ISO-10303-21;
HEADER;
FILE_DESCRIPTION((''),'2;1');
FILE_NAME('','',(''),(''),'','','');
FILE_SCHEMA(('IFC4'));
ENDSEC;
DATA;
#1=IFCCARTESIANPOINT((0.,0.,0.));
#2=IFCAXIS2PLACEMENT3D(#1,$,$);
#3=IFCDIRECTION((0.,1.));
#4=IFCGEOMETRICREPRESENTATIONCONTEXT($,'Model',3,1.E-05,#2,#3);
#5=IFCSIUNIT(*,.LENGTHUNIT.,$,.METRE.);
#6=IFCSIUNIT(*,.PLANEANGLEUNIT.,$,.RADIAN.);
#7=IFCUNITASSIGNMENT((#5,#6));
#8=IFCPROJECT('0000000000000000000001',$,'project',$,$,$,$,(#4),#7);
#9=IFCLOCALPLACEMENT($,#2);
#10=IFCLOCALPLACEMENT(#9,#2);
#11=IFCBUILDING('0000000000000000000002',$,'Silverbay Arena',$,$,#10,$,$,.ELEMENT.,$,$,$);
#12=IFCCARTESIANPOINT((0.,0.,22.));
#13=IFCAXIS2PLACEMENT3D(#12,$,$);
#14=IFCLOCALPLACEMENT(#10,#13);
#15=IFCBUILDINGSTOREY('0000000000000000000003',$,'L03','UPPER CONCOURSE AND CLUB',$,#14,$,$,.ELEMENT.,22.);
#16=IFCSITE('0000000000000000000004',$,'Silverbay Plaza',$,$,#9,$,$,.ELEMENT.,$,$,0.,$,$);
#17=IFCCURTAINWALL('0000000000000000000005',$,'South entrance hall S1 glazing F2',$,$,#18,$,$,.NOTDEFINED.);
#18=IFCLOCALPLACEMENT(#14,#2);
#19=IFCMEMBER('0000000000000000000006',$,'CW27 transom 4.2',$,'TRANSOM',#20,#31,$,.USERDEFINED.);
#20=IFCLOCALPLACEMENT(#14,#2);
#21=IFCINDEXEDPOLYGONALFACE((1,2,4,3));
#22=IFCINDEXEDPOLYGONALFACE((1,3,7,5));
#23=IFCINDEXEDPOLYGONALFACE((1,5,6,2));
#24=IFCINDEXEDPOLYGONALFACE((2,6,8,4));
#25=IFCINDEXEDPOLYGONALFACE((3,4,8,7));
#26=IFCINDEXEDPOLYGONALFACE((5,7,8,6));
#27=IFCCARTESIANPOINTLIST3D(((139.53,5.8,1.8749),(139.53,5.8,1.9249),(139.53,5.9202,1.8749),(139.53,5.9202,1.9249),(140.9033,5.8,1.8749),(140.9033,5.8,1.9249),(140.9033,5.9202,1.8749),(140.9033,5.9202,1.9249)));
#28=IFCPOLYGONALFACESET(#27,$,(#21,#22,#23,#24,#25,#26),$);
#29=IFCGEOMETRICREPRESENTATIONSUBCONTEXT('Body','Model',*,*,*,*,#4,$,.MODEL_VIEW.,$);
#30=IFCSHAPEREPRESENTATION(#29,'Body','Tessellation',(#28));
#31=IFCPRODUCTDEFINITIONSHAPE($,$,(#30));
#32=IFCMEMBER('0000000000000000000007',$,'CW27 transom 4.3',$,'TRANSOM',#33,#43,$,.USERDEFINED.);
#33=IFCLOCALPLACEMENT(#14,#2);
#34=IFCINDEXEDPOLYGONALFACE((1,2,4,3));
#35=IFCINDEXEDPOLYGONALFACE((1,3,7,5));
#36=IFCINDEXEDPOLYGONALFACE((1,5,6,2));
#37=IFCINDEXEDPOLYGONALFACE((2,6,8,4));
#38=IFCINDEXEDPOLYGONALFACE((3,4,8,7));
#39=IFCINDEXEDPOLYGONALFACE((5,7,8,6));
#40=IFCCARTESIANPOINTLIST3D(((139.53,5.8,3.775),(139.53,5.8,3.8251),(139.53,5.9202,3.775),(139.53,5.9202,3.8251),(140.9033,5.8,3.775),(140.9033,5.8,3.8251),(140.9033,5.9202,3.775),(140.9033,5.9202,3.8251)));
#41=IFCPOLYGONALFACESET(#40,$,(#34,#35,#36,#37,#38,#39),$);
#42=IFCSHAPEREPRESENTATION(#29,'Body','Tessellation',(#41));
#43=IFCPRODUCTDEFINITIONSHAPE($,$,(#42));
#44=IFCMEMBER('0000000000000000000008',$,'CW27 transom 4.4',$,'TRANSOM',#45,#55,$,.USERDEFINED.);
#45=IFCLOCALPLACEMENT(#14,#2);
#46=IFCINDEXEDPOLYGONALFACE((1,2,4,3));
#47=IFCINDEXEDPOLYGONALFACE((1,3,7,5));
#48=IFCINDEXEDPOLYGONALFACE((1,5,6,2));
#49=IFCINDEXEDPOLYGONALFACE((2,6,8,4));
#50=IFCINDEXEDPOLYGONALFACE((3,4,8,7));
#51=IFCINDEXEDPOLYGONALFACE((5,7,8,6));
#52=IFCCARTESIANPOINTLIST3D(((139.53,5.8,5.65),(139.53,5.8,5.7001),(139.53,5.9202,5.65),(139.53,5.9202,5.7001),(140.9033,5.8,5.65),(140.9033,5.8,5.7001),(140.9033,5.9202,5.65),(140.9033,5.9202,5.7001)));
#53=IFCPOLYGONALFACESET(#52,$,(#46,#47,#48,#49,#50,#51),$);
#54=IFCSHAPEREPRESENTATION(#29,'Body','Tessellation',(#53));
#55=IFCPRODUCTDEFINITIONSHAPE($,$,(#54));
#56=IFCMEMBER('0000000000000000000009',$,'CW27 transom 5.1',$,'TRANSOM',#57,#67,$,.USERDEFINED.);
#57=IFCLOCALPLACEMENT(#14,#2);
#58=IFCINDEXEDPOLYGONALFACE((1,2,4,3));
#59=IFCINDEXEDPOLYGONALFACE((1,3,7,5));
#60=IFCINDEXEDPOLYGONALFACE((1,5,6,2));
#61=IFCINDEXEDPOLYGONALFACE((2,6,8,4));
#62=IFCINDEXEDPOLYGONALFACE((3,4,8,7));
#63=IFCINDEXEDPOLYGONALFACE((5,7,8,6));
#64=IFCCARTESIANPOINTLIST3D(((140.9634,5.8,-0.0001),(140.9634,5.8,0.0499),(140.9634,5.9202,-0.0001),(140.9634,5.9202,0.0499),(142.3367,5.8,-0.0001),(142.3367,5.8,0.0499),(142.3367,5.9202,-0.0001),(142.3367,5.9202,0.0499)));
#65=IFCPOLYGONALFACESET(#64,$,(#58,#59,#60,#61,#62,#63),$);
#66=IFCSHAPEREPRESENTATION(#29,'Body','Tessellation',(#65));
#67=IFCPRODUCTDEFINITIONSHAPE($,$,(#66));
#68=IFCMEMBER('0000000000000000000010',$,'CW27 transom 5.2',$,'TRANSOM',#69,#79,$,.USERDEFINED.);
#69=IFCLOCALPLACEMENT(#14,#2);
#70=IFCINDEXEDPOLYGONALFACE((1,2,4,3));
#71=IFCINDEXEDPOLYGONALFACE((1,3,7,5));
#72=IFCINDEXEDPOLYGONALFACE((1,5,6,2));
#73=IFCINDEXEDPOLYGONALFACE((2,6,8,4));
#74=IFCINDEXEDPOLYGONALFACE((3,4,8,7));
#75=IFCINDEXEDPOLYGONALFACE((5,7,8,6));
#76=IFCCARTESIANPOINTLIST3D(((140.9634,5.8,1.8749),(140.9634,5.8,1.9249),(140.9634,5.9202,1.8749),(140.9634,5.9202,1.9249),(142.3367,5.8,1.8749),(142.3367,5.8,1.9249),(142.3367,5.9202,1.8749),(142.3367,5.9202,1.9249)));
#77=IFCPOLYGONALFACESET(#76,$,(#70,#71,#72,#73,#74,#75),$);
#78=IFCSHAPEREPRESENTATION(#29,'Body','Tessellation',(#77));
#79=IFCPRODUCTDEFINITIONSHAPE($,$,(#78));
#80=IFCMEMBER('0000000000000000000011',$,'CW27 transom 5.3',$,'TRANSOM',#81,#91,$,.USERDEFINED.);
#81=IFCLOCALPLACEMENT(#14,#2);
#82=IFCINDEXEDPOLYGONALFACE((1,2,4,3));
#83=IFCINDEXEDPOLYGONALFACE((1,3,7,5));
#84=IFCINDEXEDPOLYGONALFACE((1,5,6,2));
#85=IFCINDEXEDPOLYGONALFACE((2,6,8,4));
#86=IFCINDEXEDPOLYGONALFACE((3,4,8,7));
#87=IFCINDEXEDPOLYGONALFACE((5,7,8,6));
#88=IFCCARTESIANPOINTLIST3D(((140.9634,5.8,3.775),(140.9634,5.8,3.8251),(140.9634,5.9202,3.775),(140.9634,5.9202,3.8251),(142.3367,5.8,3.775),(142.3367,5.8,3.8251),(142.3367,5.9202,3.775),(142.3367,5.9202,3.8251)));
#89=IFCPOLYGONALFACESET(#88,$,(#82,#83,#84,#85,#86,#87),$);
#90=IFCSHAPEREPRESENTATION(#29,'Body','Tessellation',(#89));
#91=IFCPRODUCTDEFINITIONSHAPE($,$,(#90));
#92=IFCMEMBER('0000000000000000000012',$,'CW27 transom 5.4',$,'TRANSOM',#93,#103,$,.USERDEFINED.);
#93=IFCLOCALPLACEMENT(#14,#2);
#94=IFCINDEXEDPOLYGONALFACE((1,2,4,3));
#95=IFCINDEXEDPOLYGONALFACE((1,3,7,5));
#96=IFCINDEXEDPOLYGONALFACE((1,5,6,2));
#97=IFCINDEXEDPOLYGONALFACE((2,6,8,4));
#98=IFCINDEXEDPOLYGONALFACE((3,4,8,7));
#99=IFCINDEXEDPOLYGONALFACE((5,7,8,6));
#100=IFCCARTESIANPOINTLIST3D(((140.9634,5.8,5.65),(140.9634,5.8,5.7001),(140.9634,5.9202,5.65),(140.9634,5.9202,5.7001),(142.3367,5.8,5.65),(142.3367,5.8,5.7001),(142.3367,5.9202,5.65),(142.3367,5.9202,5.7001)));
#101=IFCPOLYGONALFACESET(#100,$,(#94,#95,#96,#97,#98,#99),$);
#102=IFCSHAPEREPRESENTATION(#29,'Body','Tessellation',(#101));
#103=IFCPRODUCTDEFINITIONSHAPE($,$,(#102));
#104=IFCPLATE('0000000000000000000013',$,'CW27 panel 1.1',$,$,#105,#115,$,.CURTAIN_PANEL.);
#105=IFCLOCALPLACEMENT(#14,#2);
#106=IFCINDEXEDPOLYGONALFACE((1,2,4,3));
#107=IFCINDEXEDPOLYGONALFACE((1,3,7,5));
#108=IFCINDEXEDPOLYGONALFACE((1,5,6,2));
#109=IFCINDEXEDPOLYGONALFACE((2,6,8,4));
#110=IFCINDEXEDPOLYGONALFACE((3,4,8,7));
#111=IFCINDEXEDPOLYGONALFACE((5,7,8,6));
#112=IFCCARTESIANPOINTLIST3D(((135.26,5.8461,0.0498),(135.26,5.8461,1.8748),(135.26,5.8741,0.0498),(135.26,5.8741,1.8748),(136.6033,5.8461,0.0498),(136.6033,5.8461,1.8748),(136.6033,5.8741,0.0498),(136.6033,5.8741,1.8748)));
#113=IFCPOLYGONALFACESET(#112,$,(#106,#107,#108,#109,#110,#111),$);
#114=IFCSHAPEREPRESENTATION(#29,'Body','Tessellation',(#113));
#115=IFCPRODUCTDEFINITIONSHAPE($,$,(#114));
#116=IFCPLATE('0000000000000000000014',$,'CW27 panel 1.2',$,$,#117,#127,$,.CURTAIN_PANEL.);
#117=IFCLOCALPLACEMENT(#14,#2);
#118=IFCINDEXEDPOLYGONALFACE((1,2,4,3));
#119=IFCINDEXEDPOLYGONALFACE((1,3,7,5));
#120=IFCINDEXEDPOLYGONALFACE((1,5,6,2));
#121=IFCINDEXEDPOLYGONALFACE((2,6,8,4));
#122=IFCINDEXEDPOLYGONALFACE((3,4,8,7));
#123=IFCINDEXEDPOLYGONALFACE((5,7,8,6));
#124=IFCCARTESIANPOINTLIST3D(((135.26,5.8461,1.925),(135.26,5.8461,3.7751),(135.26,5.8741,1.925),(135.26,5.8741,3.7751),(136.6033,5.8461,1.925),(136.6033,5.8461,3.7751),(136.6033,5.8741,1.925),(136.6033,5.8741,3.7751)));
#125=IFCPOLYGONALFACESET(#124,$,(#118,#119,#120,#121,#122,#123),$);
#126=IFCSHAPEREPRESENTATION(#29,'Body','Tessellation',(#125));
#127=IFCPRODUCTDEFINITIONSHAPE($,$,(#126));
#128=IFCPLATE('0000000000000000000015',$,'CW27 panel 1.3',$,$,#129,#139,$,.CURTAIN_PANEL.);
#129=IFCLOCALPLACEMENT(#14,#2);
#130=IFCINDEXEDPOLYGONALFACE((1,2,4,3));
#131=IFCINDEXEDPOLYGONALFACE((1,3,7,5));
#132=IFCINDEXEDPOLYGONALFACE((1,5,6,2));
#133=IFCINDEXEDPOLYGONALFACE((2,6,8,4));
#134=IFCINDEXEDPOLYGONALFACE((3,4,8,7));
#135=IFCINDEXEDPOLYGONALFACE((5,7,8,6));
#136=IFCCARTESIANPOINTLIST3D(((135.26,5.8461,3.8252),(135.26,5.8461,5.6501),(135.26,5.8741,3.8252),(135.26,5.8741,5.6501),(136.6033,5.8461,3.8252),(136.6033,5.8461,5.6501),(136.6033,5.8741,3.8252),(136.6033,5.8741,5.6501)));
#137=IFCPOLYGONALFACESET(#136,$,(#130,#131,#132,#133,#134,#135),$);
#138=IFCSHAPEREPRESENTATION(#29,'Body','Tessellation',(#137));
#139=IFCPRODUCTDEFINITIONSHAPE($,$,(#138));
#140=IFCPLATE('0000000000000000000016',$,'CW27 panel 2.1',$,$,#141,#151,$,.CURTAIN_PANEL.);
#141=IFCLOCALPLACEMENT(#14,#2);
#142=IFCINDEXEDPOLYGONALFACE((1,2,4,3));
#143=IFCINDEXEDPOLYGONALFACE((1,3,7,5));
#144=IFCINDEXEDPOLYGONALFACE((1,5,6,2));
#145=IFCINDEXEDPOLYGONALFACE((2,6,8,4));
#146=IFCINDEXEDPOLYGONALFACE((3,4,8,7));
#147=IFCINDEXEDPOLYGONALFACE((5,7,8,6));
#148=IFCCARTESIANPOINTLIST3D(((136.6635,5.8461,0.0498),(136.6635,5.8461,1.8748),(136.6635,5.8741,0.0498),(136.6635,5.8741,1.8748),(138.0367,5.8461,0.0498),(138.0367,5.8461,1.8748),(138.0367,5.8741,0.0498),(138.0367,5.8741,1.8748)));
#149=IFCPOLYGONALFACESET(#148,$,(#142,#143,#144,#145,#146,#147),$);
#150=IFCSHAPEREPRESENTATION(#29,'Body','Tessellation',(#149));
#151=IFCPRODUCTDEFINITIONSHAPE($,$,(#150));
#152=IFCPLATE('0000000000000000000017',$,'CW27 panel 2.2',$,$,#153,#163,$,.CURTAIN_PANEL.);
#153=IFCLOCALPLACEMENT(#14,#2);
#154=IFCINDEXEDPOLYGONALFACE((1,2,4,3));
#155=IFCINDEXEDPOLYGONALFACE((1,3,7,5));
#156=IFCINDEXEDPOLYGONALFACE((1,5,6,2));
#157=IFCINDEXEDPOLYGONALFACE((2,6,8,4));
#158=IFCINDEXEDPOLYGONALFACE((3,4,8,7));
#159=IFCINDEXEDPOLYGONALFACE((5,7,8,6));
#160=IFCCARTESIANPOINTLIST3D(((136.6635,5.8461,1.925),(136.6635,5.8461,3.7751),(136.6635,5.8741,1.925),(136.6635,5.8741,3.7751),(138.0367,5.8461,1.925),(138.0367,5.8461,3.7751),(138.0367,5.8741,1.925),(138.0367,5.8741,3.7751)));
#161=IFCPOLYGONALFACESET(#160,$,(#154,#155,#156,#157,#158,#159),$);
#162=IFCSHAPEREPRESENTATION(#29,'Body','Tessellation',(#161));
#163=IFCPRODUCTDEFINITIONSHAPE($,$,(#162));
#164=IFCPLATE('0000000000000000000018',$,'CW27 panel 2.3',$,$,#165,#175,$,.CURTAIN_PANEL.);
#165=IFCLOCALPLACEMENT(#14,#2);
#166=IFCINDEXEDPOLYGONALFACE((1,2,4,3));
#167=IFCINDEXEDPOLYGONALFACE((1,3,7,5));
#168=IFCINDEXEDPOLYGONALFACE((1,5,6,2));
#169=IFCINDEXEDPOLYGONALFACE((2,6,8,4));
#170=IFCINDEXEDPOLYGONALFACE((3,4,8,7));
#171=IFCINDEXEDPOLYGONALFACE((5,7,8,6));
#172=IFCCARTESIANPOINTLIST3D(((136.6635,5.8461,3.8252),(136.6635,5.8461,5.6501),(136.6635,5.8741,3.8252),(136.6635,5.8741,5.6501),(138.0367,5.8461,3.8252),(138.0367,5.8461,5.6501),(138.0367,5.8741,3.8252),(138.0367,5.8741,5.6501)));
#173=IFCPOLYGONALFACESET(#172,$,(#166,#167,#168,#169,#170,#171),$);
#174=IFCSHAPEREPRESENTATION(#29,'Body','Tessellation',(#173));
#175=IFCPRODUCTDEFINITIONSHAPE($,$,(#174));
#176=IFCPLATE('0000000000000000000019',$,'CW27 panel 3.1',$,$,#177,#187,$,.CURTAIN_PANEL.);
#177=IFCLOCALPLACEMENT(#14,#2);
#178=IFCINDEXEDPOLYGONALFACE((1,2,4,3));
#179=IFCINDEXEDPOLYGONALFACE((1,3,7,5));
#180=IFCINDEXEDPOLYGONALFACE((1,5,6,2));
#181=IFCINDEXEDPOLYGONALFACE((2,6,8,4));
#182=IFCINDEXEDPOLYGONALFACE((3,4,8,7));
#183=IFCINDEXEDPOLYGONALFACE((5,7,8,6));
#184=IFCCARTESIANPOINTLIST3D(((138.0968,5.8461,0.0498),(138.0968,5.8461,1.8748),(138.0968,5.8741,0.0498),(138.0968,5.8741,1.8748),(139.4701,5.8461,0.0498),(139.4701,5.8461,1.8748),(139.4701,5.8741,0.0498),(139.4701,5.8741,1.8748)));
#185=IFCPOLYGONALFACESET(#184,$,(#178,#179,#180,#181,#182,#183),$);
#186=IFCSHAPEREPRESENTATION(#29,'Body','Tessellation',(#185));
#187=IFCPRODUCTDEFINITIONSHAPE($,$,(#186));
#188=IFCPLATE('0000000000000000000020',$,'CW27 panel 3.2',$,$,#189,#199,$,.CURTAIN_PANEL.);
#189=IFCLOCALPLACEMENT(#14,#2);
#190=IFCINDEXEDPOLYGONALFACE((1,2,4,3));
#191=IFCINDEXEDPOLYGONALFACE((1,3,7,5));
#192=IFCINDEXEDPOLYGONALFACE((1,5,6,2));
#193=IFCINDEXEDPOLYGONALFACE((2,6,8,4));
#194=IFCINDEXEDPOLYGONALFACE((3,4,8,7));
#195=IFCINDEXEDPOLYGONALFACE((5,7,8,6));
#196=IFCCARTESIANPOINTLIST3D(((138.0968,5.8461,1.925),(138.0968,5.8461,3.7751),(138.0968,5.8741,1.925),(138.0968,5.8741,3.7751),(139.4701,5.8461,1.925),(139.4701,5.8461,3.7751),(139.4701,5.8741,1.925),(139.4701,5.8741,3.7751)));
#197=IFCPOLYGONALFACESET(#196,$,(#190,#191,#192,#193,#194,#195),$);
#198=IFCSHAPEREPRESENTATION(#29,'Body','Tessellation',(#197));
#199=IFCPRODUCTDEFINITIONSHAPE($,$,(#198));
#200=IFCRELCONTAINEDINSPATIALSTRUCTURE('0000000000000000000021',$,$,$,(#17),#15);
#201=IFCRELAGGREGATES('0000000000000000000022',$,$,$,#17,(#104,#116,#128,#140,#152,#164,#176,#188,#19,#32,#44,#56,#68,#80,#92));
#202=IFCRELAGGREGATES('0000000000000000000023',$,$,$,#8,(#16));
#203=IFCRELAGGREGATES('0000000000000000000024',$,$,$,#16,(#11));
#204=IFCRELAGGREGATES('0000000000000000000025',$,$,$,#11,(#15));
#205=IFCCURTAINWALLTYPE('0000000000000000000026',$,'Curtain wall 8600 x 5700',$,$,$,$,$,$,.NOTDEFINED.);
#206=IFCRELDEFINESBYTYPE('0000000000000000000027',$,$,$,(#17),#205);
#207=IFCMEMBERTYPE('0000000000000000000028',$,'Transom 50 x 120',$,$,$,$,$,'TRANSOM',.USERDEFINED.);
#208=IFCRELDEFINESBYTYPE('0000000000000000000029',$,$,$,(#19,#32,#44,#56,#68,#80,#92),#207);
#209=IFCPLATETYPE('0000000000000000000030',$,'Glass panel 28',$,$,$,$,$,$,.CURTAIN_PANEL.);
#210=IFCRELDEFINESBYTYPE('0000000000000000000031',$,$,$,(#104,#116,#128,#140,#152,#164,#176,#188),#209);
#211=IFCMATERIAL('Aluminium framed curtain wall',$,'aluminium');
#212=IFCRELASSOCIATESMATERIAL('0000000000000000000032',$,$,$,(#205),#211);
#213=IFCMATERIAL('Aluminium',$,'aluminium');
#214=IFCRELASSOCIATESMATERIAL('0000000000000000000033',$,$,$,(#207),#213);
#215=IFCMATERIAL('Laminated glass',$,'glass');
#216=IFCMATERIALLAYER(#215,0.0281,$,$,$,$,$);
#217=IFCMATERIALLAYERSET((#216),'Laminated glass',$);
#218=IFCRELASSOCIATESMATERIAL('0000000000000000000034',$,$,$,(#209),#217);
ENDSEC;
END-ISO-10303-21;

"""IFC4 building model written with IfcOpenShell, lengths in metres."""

from ifc_helpers import new_model, si_unit, direction, frame, origin, origin_2d, place, context, subcontext, project, spatial, rectangle, extrude, material, layer, layer_set, material_profile, profile_set, type_object, element, aggregate, save


model = new_model("IFC4")

# Units and contexts
model_context = context("Model", 3, precision=1e-05, world=origin(), true_north=direction((0.0, 1.0)))
body_context = subcontext(model_context, "Body", "Model", "MODEL_VIEW")
ifc_project = project(units=[si_unit("LENGTHUNIT", "METRE"), si_unit("PLANEANGLEUNIT", "RADIAN")], contexts=[model_context])

# Site, building, storey
site_placement = place(None, origin())
site = spatial("IfcSite", under=ifc_project, at=site_placement, Name="Silverbay Plaza", CompositionType="ELEMENT", RefElevation=0.0)
building_placement = place(site_placement, origin())
building = spatial("IfcBuilding", under=site, at=building_placement, Name="Silverbay Arena", CompositionType="ELEMENT")
storey_placement = place(building_placement, frame((0.0, 0.0, 22.0)))
storey = spatial("IfcBuildingStorey", under=building, at=storey_placement, Name="L03", Description="UPPER CONCOURSE AND CLUB", CompositionType="ELEMENT", Elevation=22.0)

# Curtain wall
ifc_material_1 = material(Name="Aluminium framed curtain wall", Category="aluminium")
curtain_wall_type = type_object("IfcCurtainWallType", Name="Curtain wall 8600 x 5700", PredefinedType="NOTDEFINED", material=ifc_material_1)
curtain_wall_placement = place(storey_placement, origin())
curtain_wall = element("IfcCurtainWall", 1, at=curtain_wall_placement, inside=storey, type_object=curtain_wall_type, Name="South entrance hall S1 glazing F2", PredefinedType="NOTDEFINED")

# Members
ifc_material_2 = material(Name="Aluminium", Category="aluminium")
ifc_material_profile_1 = material_profile(ifc_material_2, rectangle(XDim=0.1201, YDim=0.05, at=origin_2d()), Name="Transom 50 x 120")
ifc_profile_set_1 = profile_set([ifc_material_profile_1], Name="Aluminium")
member_type_1 = type_object("IfcMemberType", Name="Transom 50 x 120", ElementType="TRANSOM", PredefinedType="USERDEFINED", material=ifc_profile_set_1)
member_1_placement = place(storey_placement, frame((139.53, 5.8601, 1.8999), z_axis=(1.0, 0.0, 0.0), x_axis=(0.0, 1.0, 0.0)))
member_1 = element("IfcMember", 2, at=member_1_placement, type_object=member_type_1, Name="CW27 transom 4.2", ObjectType="TRANSOM", PredefinedType="USERDEFINED", context=body_context, shape_type="SweptSolid", body=[
    extrude(rectangle(XDim=0.1201, YDim=0.05, at=origin_2d()), origin(), (0.0, 0.0, 1.0), 1.3733),
])
member_2_placement = place(storey_placement, frame((139.53, 5.8601, 3.8), z_axis=(1.0, 0.0, 0.0), x_axis=(0.0, 1.0, 0.0)))
member_2 = element("IfcMember", 3, at=member_2_placement, type_object=member_type_1, Name="CW27 transom 4.3", ObjectType="TRANSOM", PredefinedType="USERDEFINED", context=body_context, shape_type="SweptSolid", body=[
    extrude(rectangle(XDim=0.1201, YDim=0.05, at=origin_2d()), origin(), (0.0, 0.0, 1.0), 1.3733),
])
member_3_placement = place(storey_placement, frame((139.53, 5.8601, 5.675), z_axis=(1.0, 0.0, 0.0), x_axis=(0.0, 1.0, 0.0)))
member_3 = element("IfcMember", 4, at=member_3_placement, type_object=member_type_1, Name="CW27 transom 4.4", ObjectType="TRANSOM", PredefinedType="USERDEFINED", context=body_context, shape_type="SweptSolid", body=[
    extrude(rectangle(XDim=0.1201, YDim=0.05, at=origin_2d()), origin(), (0.0, 0.0, 1.0), 1.3733),
])
member_4_placement = place(storey_placement, frame((140.9634, 5.8601, 0.0249), z_axis=(1.0, 0.0, 0.0), x_axis=(0.0, 1.0, 0.0)))
member_4 = element("IfcMember", 5, at=member_4_placement, type_object=member_type_1, Name="CW27 transom 5.1", ObjectType="TRANSOM", PredefinedType="USERDEFINED", context=body_context, shape_type="SweptSolid", body=[
    extrude(rectangle(XDim=0.1201, YDim=0.05, at=origin_2d()), origin(), (0.0, 0.0, 1.0), 1.3733),
])
member_5_placement = place(storey_placement, frame((140.9634, 5.8601, 1.8999), z_axis=(1.0, 0.0, 0.0), x_axis=(0.0, 1.0, 0.0)))
member_5 = element("IfcMember", 6, at=member_5_placement, type_object=member_type_1, Name="CW27 transom 5.2", ObjectType="TRANSOM", PredefinedType="USERDEFINED", context=body_context, shape_type="SweptSolid", body=[
    extrude(rectangle(XDim=0.1201, YDim=0.05, at=origin_2d()), origin(), (0.0, 0.0, 1.0), 1.3733),
])
member_6_placement = place(storey_placement, frame((140.9634, 5.8601, 3.8), z_axis=(1.0, 0.0, 0.0), x_axis=(0.0, 1.0, 0.0)))
member_6 = element("IfcMember", 7, at=member_6_placement, type_object=member_type_1, Name="CW27 transom 5.3", ObjectType="TRANSOM", PredefinedType="USERDEFINED", context=body_context, shape_type="SweptSolid", body=[
    extrude(rectangle(XDim=0.1201, YDim=0.05, at=origin_2d()), origin(), (0.0, 0.0, 1.0), 1.3733),
])
member_7_placement = place(storey_placement, frame((140.9634, 5.8601, 5.675), z_axis=(1.0, 0.0, 0.0), x_axis=(0.0, 1.0, 0.0)))
member_7 = element("IfcMember", 8, at=member_7_placement, type_object=member_type_1, Name="CW27 transom 5.4", ObjectType="TRANSOM", PredefinedType="USERDEFINED", context=body_context, shape_type="SweptSolid", body=[
    extrude(rectangle(XDim=0.1201, YDim=0.05, at=origin_2d()), origin(), (0.0, 0.0, 1.0), 1.3733),
])

# Plates
ifc_material_3 = material(Name="Laminated glass", Category="glass")
ifc_layer_1 = layer(ifc_material_3, 0.0281)
ifc_layer_set_1 = layer_set([ifc_layer_1], Name="Laminated glass")
plate_type = type_object("IfcPlateType", Name="Glass panel 28", PredefinedType="CURTAIN_PANEL", material=ifc_layer_set_1)
plate_1_placement = place(storey_placement, frame((135.9316, 5.8601, 0.0498), z_axis=(0.0, 0.0, 1.0), x_axis=(1.0, 0.0, 0.0)))
plate_1 = element("IfcPlate", 9, at=plate_1_placement, type_object=plate_type, Name="CW27 panel 1.1", PredefinedType="CURTAIN_PANEL", context=body_context, shape_type="SweptSolid", body=[
    extrude(rectangle(XDim=1.3433, YDim=0.0281, at=origin_2d()), origin(), (0.0, 0.0, 1.0), 1.825),
])
plate_2_placement = place(storey_placement, frame((135.9316, 5.8601, 1.925), z_axis=(0.0, 0.0, 1.0), x_axis=(1.0, 0.0, 0.0)))
plate_2 = element("IfcPlate", 10, at=plate_2_placement, type_object=plate_type, Name="CW27 panel 1.2", PredefinedType="CURTAIN_PANEL", context=body_context, shape_type="SweptSolid", body=[
    extrude(rectangle(XDim=1.3433, YDim=0.0281, at=origin_2d()), origin(), (0.0, 0.0, 1.0), 1.8501),
])
plate_3_placement = place(storey_placement, frame((135.9316, 5.8601, 3.8252), z_axis=(0.0, 0.0, 1.0), x_axis=(1.0, 0.0, 0.0)))
plate_3 = element("IfcPlate", 11, at=plate_3_placement, type_object=plate_type, Name="CW27 panel 1.3", PredefinedType="CURTAIN_PANEL", context=body_context, shape_type="SweptSolid", body=[
    extrude(rectangle(XDim=1.3433, YDim=0.0281, at=origin_2d()), origin(), (0.0, 0.0, 1.0), 1.825),
])
plate_4_placement = place(storey_placement, frame((137.3501, 5.8601, 0.0498), z_axis=(0.0, 0.0, 1.0), x_axis=(1.0, 0.0, 0.0)))
plate_4 = element("IfcPlate", 12, at=plate_4_placement, type_object=plate_type, Name="CW27 panel 2.1", PredefinedType="CURTAIN_PANEL", context=body_context, shape_type="SweptSolid", body=[
    extrude(rectangle(XDim=1.3733, YDim=0.0281, at=origin_2d()), origin(), (0.0, 0.0, 1.0), 1.825),
])
plate_5_placement = place(storey_placement, frame((137.3501, 5.8601, 1.925), z_axis=(0.0, 0.0, 1.0), x_axis=(1.0, 0.0, 0.0)))
plate_5 = element("IfcPlate", 13, at=plate_5_placement, type_object=plate_type, Name="CW27 panel 2.2", PredefinedType="CURTAIN_PANEL", context=body_context, shape_type="SweptSolid", body=[
    extrude(rectangle(XDim=1.3733, YDim=0.0281, at=origin_2d()), origin(), (0.0, 0.0, 1.0), 1.8501),
])
plate_6_placement = place(storey_placement, frame((137.3501, 5.8601, 3.8252), z_axis=(0.0, 0.0, 1.0), x_axis=(1.0, 0.0, 0.0)))
plate_6 = element("IfcPlate", 14, at=plate_6_placement, type_object=plate_type, Name="CW27 panel 2.3", PredefinedType="CURTAIN_PANEL", context=body_context, shape_type="SweptSolid", body=[
    extrude(rectangle(XDim=1.3733, YDim=0.0281, at=origin_2d()), origin(), (0.0, 0.0, 1.0), 1.825),
])
plate_7_placement = place(storey_placement, frame((138.7834, 5.8601, 0.0498), z_axis=(0.0, 0.0, 1.0), x_axis=(1.0, 0.0, 0.0)))
plate_7 = element("IfcPlate", 15, at=plate_7_placement, type_object=plate_type, Name="CW27 panel 3.1", PredefinedType="CURTAIN_PANEL", context=body_context, shape_type="SweptSolid", body=[
    extrude(rectangle(XDim=1.3733, YDim=0.0281, at=origin_2d()), origin(), (0.0, 0.0, 1.0), 1.825),
])
plate_8_placement = place(storey_placement, frame((138.7834, 5.8601, 1.925), z_axis=(0.0, 0.0, 1.0), x_axis=(1.0, 0.0, 0.0)))
plate_8 = element("IfcPlate", 16, at=plate_8_placement, type_object=plate_type, Name="CW27 panel 3.2", PredefinedType="CURTAIN_PANEL", context=body_context, shape_type="SweptSolid", body=[
    extrude(rectangle(XDim=1.3733, YDim=0.0281, at=origin_2d()), origin(), (0.0, 0.0, 1.0), 1.8501),
])
aggregate(curtain_wall, [plate_1, plate_2, plate_3, plate_4, plate_5, plate_6, plate_7, plate_8, member_1, member_2, member_3, member_4, member_5, member_6, member_7])

save(model, "model.ifc")
